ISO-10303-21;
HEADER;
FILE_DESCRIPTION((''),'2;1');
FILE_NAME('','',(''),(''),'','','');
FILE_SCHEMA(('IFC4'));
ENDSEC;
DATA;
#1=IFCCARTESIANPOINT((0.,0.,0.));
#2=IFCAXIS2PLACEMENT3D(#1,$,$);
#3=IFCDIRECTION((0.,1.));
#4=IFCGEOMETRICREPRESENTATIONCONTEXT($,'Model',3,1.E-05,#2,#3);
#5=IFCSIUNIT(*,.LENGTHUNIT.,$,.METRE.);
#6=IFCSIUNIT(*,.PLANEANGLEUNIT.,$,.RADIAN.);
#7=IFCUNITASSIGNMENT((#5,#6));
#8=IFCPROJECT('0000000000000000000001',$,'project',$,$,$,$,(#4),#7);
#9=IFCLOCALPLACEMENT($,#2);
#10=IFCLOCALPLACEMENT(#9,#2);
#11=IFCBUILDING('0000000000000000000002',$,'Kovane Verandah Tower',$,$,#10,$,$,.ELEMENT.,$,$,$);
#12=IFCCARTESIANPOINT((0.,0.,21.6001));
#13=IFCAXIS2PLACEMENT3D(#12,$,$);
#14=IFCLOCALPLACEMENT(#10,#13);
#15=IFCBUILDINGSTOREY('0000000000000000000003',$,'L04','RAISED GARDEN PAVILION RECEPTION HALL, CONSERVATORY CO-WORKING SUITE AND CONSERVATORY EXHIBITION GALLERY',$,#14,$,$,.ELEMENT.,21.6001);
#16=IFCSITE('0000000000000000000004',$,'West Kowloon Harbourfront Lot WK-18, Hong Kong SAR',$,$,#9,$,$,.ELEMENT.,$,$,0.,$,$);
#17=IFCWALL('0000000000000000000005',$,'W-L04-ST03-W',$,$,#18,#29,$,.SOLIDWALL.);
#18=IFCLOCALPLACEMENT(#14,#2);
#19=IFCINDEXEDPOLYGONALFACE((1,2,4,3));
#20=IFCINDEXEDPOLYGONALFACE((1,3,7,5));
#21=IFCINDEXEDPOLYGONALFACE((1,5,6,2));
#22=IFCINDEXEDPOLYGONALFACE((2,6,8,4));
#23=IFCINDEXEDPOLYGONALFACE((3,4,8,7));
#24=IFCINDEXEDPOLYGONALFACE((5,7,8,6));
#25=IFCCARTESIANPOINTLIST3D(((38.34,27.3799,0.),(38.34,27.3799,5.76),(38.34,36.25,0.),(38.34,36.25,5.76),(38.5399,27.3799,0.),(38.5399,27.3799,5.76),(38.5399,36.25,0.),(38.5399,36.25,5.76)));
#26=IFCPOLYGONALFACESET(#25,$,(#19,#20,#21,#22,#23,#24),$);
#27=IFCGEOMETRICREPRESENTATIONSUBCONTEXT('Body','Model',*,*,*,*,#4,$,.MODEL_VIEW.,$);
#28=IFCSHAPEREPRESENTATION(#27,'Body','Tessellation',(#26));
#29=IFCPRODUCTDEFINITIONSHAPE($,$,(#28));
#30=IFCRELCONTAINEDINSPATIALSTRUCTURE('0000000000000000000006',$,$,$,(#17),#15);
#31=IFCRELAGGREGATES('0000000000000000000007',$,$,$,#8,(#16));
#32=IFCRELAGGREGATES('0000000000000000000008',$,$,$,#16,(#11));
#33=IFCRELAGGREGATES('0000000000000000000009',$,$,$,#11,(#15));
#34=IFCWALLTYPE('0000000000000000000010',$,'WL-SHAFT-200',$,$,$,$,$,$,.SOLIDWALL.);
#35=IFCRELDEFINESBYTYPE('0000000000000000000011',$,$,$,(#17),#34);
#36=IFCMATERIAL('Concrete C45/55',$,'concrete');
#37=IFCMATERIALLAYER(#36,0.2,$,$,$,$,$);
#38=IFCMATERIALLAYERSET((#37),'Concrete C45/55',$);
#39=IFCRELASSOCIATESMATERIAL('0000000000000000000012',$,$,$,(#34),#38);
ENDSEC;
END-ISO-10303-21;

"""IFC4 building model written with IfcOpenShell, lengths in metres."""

from ifc_helpers import new_model, si_unit, direction, frame, frame_2d, origin, place, context, subcontext, project, spatial, rectangle, extrude, material, layer, layer_set, type_object, element, save


model = new_model("IFC4")

# Units and contexts
model_context = context("Model", 3, precision=1e-05, world=origin(), true_north=direction((0.0, 1.0)))
body_context = subcontext(model_context, "Body", "Model", "MODEL_VIEW")
ifc_project = project(units=[si_unit("LENGTHUNIT", "METRE"), si_unit("PLANEANGLEUNIT", "RADIAN")], contexts=[model_context])

# Site, building, storey
site_placement = place(None, origin())
site = spatial("IfcSite", under=ifc_project, at=site_placement, Name="West Kowloon Harbourfront Lot WK-18, Hong Kong SAR", CompositionType="ELEMENT", RefElevation=0.0)
building_placement = place(site_placement, origin())
building = spatial("IfcBuilding", under=site, at=building_placement, Name="Kovane Verandah Tower", CompositionType="ELEMENT")
storey_placement = place(building_placement, frame((0.0, 0.0, 21.6001)))
storey = spatial("IfcBuildingStorey", under=building, at=storey_placement, Name="L04", Description="RAISED GARDEN PAVILION RECEPTION HALL, CONSERVATORY CO-WORKING SUITE AND CONSERVATORY EXHIBITION GALLERY", CompositionType="ELEMENT", Elevation=21.6001)

# Wall
ifc_material_1 = material(Name="Concrete C45/55", Category="concrete")
ifc_layer_1 = layer(ifc_material_1, 0.2)
ifc_layer_set_1 = layer_set([ifc_layer_1], Name="Concrete C45/55")
wall_type_1 = type_object("IfcWallType", Name="WL-SHAFT-200", PredefinedType="SOLIDWALL", material=ifc_layer_set_1)
wall_1_placement = place(storey_placement, frame((38.4399, 27.3799, 0.0), z_axis=(0.0, 0.0, 1.0), x_axis=(0.0, 1.0, 0.0)))
element("IfcWall", 1, at=wall_1_placement, inside=storey, type_object=wall_type_1, Name="W-L04-ST03-W", PredefinedType="SOLIDWALL", context=body_context, shape_type="SweptSolid", body=[
    extrude(rectangle(XDim=8.8701, YDim=0.2, at=frame_2d((4.4351, 0.0))), origin(), (0.0, 0.0, 1.0), 5.76),
])

save(model, "model.ifc")
